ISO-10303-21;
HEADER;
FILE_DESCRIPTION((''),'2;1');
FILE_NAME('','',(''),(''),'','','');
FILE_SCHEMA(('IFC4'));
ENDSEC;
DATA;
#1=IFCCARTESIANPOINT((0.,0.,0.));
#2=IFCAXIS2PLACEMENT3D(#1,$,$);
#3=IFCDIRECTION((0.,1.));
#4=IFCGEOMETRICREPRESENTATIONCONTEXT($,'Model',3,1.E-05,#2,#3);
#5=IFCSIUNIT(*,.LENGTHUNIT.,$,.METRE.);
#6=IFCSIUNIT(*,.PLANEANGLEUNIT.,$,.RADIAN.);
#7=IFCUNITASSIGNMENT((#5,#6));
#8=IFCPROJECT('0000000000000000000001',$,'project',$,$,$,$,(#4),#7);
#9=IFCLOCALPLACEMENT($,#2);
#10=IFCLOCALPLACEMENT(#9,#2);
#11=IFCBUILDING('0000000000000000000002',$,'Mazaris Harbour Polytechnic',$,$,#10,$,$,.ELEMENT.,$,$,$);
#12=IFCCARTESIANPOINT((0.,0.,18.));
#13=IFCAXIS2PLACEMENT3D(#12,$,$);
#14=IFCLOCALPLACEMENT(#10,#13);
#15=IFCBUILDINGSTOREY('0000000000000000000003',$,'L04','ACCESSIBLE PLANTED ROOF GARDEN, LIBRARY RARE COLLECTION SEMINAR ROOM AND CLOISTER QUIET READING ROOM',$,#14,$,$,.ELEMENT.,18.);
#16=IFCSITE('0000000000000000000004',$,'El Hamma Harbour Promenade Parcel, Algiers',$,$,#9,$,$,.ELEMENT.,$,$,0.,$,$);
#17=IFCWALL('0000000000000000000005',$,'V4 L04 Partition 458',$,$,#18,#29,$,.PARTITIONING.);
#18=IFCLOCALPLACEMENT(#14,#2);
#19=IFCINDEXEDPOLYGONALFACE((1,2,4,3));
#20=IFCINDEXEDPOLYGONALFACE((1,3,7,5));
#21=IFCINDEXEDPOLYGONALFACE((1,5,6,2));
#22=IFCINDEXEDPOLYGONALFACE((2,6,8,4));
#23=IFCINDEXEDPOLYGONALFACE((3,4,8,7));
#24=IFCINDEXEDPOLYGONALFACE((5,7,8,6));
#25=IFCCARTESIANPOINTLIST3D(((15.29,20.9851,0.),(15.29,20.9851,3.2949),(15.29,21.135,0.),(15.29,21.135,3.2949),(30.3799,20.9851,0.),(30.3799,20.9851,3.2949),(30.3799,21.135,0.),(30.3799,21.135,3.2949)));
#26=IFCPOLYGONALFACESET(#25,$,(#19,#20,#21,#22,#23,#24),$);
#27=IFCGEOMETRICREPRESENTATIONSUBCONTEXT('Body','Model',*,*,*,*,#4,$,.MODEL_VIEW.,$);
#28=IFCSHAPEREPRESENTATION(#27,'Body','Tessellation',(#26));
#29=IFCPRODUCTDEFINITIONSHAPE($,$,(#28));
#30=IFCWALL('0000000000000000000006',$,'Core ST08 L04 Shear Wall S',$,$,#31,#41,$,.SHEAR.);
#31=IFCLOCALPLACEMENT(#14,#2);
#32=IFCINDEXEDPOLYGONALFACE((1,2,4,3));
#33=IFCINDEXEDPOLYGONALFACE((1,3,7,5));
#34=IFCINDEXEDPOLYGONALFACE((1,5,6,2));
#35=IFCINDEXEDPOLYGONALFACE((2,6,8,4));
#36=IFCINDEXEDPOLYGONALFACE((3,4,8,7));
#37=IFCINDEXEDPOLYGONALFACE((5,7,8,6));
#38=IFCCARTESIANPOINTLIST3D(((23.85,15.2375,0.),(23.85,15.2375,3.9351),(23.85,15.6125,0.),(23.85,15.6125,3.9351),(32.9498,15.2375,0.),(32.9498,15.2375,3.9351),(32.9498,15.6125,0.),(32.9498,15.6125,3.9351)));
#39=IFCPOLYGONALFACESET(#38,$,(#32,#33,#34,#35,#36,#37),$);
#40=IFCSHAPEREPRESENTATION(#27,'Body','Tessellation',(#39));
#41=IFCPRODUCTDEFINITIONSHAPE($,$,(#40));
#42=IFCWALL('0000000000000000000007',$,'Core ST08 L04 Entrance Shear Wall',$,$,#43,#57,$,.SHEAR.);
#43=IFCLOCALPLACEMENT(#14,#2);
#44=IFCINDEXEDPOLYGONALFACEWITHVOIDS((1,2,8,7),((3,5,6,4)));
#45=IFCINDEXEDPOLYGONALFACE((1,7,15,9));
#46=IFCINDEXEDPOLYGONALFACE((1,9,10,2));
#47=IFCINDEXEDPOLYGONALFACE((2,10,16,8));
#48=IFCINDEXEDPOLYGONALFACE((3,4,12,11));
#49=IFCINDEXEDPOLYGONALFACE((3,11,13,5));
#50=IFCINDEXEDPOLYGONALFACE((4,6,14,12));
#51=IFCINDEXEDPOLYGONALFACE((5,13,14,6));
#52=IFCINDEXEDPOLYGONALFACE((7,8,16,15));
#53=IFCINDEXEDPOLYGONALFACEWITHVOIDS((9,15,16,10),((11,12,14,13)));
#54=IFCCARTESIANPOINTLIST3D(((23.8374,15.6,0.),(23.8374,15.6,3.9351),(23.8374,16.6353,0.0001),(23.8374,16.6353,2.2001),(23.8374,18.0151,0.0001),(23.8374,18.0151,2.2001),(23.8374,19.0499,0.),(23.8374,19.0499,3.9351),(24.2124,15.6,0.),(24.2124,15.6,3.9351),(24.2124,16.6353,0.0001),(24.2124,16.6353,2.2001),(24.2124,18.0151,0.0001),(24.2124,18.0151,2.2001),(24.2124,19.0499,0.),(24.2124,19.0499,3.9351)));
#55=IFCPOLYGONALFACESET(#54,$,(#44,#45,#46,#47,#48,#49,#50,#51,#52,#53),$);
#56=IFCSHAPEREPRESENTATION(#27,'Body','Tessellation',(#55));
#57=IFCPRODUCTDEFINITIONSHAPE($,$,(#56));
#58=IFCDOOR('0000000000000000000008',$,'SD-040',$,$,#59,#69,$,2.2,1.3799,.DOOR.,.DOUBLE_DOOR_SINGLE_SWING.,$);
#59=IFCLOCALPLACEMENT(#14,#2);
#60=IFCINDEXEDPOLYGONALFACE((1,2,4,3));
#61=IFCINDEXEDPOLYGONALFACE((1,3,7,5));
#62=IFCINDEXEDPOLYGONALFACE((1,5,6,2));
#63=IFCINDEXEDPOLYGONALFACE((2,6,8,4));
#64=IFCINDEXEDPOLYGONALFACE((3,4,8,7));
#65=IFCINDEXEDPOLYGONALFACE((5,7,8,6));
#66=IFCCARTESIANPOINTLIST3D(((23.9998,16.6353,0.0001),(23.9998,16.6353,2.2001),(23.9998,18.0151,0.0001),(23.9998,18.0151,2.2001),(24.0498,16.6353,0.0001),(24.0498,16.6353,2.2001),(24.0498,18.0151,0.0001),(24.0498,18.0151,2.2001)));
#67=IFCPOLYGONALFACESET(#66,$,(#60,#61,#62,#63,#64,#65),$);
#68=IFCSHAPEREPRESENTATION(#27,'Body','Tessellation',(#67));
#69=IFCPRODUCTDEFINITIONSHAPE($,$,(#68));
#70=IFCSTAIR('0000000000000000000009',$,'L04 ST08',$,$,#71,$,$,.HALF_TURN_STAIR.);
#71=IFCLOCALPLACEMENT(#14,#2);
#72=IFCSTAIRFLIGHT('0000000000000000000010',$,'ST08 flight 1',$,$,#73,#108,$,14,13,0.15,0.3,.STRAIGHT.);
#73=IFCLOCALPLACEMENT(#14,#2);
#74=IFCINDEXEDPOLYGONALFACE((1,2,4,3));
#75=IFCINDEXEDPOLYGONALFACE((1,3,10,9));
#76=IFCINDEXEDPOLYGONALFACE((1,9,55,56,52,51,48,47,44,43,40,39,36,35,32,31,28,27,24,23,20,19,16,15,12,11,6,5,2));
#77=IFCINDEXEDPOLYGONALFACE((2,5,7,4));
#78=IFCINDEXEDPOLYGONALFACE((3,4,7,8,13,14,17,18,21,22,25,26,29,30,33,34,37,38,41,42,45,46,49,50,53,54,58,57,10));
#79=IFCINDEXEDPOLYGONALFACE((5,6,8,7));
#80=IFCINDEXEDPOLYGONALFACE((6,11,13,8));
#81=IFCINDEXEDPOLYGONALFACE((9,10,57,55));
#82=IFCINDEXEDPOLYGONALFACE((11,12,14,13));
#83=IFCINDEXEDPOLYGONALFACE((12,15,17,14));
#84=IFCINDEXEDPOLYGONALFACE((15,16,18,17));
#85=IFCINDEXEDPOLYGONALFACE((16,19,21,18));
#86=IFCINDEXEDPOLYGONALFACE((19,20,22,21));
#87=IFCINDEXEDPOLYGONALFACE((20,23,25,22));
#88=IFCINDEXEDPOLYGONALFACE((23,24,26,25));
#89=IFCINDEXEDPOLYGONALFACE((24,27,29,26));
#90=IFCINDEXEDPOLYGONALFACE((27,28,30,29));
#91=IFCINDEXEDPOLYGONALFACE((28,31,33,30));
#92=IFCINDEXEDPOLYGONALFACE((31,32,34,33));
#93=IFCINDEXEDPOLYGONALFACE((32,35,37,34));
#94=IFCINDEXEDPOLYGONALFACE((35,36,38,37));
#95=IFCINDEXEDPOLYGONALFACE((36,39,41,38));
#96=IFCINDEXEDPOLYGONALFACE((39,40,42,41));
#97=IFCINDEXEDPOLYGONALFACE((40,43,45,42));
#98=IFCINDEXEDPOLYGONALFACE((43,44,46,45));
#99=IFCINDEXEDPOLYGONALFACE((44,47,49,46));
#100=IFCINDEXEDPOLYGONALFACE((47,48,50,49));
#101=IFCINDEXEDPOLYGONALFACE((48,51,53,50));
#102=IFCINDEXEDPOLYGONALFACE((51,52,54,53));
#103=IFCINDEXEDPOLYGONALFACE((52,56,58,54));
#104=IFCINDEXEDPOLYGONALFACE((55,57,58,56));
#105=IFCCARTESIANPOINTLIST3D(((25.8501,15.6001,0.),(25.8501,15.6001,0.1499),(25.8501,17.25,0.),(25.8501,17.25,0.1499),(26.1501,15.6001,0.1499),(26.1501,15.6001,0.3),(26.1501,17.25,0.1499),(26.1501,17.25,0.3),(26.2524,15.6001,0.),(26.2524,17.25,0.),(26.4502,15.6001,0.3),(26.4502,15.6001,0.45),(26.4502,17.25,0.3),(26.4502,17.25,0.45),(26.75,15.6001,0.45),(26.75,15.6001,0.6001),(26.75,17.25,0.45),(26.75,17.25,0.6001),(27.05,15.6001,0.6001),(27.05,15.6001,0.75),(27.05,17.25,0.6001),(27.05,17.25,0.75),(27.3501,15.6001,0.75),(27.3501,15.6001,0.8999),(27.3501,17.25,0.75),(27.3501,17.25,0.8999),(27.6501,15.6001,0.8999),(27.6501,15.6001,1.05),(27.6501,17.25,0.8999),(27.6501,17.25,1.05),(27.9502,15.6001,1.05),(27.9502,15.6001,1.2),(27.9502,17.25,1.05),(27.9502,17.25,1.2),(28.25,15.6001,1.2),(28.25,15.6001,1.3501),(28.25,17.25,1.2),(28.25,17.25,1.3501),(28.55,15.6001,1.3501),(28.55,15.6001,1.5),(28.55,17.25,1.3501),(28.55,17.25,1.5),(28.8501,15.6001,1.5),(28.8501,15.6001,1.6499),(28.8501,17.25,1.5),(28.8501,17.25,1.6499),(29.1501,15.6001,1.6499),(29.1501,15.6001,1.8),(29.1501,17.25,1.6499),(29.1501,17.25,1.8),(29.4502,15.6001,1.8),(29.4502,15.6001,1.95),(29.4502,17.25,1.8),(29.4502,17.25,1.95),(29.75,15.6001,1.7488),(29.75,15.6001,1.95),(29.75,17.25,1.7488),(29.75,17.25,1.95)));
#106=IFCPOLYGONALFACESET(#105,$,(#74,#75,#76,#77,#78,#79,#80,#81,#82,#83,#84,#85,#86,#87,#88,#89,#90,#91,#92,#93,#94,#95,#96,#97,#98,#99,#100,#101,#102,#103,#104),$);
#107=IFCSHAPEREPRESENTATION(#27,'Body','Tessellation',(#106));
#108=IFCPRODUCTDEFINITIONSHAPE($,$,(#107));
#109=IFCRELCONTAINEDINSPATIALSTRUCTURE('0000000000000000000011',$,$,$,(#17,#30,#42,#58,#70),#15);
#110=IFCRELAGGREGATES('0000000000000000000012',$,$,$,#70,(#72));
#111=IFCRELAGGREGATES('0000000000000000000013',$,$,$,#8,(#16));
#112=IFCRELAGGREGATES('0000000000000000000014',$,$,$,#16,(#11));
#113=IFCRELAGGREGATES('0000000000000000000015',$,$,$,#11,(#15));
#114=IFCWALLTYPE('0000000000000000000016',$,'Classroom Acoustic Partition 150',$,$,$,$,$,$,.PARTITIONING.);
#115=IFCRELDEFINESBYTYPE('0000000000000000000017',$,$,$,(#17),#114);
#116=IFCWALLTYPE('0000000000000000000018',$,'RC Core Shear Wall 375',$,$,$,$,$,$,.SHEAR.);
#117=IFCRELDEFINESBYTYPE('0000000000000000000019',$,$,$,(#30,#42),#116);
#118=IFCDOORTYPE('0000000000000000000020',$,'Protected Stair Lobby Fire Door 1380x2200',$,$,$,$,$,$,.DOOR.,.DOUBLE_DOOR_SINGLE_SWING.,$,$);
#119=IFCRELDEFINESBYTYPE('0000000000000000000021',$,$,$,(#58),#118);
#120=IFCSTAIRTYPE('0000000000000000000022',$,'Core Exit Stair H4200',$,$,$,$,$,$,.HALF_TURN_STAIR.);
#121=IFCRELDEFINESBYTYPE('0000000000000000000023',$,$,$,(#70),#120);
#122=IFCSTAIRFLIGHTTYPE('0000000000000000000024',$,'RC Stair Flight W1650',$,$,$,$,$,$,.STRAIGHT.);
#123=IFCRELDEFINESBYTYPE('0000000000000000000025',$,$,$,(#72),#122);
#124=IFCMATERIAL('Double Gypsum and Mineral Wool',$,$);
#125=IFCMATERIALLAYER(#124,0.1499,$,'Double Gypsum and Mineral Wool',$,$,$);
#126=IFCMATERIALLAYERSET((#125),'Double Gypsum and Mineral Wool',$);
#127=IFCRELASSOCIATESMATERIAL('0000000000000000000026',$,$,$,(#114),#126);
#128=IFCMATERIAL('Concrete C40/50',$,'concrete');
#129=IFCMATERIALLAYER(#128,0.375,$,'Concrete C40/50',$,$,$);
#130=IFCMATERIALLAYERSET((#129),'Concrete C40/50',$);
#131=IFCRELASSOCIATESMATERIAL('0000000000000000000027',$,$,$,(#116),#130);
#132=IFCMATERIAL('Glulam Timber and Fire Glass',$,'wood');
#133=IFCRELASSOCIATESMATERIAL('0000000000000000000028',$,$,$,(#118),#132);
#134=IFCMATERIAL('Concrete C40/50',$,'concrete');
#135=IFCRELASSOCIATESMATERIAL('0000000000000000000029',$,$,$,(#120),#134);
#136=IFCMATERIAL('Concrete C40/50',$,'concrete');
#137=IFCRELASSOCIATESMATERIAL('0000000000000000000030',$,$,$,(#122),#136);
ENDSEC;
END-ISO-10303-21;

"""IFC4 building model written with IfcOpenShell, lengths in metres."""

from ifc_helpers import new_model, si_unit, direction, frame, frame_2d, origin, place, context, subcontext, project, spatial, polyline, rectangle, outline, extrude, material, layer, layer_set, type_object, element, fill, aggregate, save


model = new_model("IFC4")

# Units and contexts
model_context = context("Model", 3, precision=1e-05, world=origin(), true_north=direction((0.0, 1.0)))
body_context = subcontext(model_context, "Body", "Model", "MODEL_VIEW")
ifc_project = project(units=[si_unit("LENGTHUNIT", "METRE"), si_unit("PLANEANGLEUNIT", "RADIAN")], contexts=[model_context])

# Site, building, storey
site_placement = place(None, origin())
site = spatial("IfcSite", under=ifc_project, at=site_placement, Name="El Hamma Harbour Promenade Parcel, Algiers", CompositionType="ELEMENT", RefElevation=0.0)
building_placement = place(site_placement, origin())
building = spatial("IfcBuilding", under=site, at=building_placement, Name="Mazaris Harbour Polytechnic", CompositionType="ELEMENT")
storey_placement = place(building_placement, frame((0.0, 0.0, 18.0)))
storey = spatial("IfcBuildingStorey", under=building, at=storey_placement, Name="L04", Description="ACCESSIBLE PLANTED ROOF GARDEN, LIBRARY RARE COLLECTION SEMINAR ROOM AND CLOISTER QUIET READING ROOM", CompositionType="ELEMENT", Elevation=18.0)

# Walls
ifc_material_1 = material(Name="Double Gypsum and Mineral Wool")
ifc_layer_1 = layer(ifc_material_1, 0.1499, Name="Double Gypsum and Mineral Wool")
ifc_layer_set_1 = layer_set([ifc_layer_1], Name="Double Gypsum and Mineral Wool")
wall_type_1 = type_object("IfcWallType", Name="Classroom Acoustic Partition 150", PredefinedType="PARTITIONING", material=ifc_layer_set_1)
wall_1_placement = place(storey_placement, frame((15.29, 21.0601, 0.0), z_axis=(0.0, 0.0, 1.0), x_axis=(1.0, 0.0, 0.0)))
element("IfcWall", 1, at=wall_1_placement, inside=storey, type_object=wall_type_1, Name="V4 L04 Partition 458", PredefinedType="PARTITIONING", context=body_context, shape_type="SweptSolid", body=[
    extrude(rectangle(XDim=15.0898, YDim=0.1499, at=frame_2d((7.5449, 0.0))), origin(), (0.0, 0.0, 1.0), 3.2949),
])
ifc_material_2 = material(Name="Concrete C40/50", Category="concrete")
ifc_layer_2 = layer(ifc_material_2, 0.375, Name="Concrete C40/50")
ifc_layer_set_2 = layer_set([ifc_layer_2], Name="Concrete C40/50")
wall_type_2 = type_object("IfcWallType", Name="RC Core Shear Wall 375", PredefinedType="SHEAR", material=ifc_layer_set_2)
wall_2_placement = place(storey_placement, frame((23.8501, 15.425, 0.0), z_axis=(0.0, 0.0, 1.0), x_axis=(1.0, 0.0, 0.0)))
element("IfcWall", 2, at=wall_2_placement, inside=storey, type_object=wall_type_2, Name="Core ST08 L04 Shear Wall S", PredefinedType="SHEAR", context=body_context, shape_type="SweptSolid", body=[
    extrude(rectangle(XDim=9.0999, YDim=0.375, at=frame_2d((4.5498, 0.0))), origin(), (0.0, 0.0, 1.0), 3.9351),
])

# Wall, opening, door
wall_3_placement = place(storey_placement, frame((24.0249, 19.05, 0.0), z_axis=(0.0, 0.0, 1.0), x_axis=(0.0, -1.0, 0.0)))
wall_3 = element("IfcWall", 3, at=wall_3_placement, inside=storey, type_object=wall_type_2, Name="Core ST08 L04 Entrance Shear Wall", PredefinedType="SHEAR", context=body_context, shape_type="SweptSolid", body=[
    extrude(rectangle(XDim=3.45, YDim=0.375, at=frame_2d((1.7251, 0.0))), origin(), (0.0, 0.0, 1.0), 3.9351),
])
opening_placement = place(wall_3_placement, frame((1.0349, 0.0, 0.0)))
opening = element("IfcOpeningElement", 4, at=opening_placement, cuts=wall_3, PredefinedType="OPENING", context=body_context, shape_type="SweptSolid", body=[
    extrude(rectangle(XDim=1.3799, YDim=2.2, at=frame_2d((0.6899, 1.1001))), frame((0.0, 0.1975, 0.0), z_axis=(0.0, -1.0, 0.0), x_axis=(1.0, 0.0, 0.0)), (0.0, 0.0, 1.0), 0.395),
])
ifc_material_3 = material(Name="Glulam Timber and Fire Glass", Category="wood")
door_type = type_object("IfcDoorType", Name="Protected Stair Lobby Fire Door 1380x2200", OperationType="DOUBLE_DOOR_SINGLE_SWING", PredefinedType="DOOR", material=ifc_material_3)
door_placement = place(opening_placement, origin())
door = element("IfcDoor", 5, at=door_placement, inside=storey, type_object=door_type, Name="SD-040", OperationType="DOUBLE_DOOR_SINGLE_SWING", OverallHeight=2.2, OverallWidth=1.3799, PredefinedType="DOOR", context=body_context, shape_type="SweptSolid", body=[
    extrude(rectangle(XDim=1.3799, YDim=2.2, at=frame_2d((0.6899, 1.1001))), frame((0.0, 0.0249, 0.0), z_axis=(0.0, -1.0, 0.0), x_axis=(1.0, 0.0, 0.0)), (0.0, 0.0, 1.0), 0.05),
])
fill(opening, door)

# Stair, stair flight
ifc_material_4 = material(Name="Concrete C40/50", Category="concrete")
stair_type = type_object("IfcStairType", Name="Core Exit Stair H4200", PredefinedType="HALF_TURN_STAIR", material=ifc_material_4)
stair_placement = place(storey_placement, origin())
stair = element("IfcStair", 6, at=stair_placement, inside=storey, type_object=stair_type, Name="L04 ST08", PredefinedType="HALF_TURN_STAIR")
ifc_material_5 = material(Name="Concrete C40/50", Category="concrete")
stair_flight_type = type_object("IfcStairFlightType", Name="RC Stair Flight W1650", PredefinedType="STRAIGHT", material=ifc_material_5)
stair_flight_placement = place(storey_placement, frame((25.8501, 16.425, 0.0), z_axis=(0.0, 0.0, 1.0), x_axis=(1.0, 0.0, 0.0)))
stair_flight = element("IfcStairFlight", 7, at=stair_flight_placement, type_object=stair_flight_type, Name="ST08 flight 1", NumberOfRisers=14, NumberOfTreads=13, PredefinedType="STRAIGHT", RiserHeight=0.15, TreadLength=0.3, context=body_context, shape_type="SweptSolid", body=[
    extrude(outline(polyline([(0.0, 0.0), (0.0, 0.1499), (0.3, 0.1499), (0.3, 0.3), (0.6001, 0.3), (0.6001, 0.45), (0.8999, 0.45), (0.8999, 0.6001), (1.2, 0.6001), (1.2, 0.75), (1.5, 0.75), (1.5, 0.8999), (1.8, 0.8999), (1.8, 1.05), (2.1001, 1.05), (2.1001, 1.2), (2.3999, 1.2), (2.3999, 1.3501), (2.7, 1.3501), (2.7, 1.5), (3.0, 1.5), (3.0, 1.6499), (3.3, 1.6499), (3.3, 1.8), (3.6001, 1.8), (3.6001, 1.95), (3.8999, 1.95), (3.8999, 2.1001), (3.8999, 1.7488), (0.4023, 0.0), (0.0, 0.0)])), frame((0.0, 0.825, 0.0), z_axis=(0.0, -1.0, 0.0), x_axis=(1.0, 0.0, 0.0)), (0.0, 0.0, 1.0), 1.6499),
])
aggregate(stair, [stair_flight])

save(model, "model.ifc")
